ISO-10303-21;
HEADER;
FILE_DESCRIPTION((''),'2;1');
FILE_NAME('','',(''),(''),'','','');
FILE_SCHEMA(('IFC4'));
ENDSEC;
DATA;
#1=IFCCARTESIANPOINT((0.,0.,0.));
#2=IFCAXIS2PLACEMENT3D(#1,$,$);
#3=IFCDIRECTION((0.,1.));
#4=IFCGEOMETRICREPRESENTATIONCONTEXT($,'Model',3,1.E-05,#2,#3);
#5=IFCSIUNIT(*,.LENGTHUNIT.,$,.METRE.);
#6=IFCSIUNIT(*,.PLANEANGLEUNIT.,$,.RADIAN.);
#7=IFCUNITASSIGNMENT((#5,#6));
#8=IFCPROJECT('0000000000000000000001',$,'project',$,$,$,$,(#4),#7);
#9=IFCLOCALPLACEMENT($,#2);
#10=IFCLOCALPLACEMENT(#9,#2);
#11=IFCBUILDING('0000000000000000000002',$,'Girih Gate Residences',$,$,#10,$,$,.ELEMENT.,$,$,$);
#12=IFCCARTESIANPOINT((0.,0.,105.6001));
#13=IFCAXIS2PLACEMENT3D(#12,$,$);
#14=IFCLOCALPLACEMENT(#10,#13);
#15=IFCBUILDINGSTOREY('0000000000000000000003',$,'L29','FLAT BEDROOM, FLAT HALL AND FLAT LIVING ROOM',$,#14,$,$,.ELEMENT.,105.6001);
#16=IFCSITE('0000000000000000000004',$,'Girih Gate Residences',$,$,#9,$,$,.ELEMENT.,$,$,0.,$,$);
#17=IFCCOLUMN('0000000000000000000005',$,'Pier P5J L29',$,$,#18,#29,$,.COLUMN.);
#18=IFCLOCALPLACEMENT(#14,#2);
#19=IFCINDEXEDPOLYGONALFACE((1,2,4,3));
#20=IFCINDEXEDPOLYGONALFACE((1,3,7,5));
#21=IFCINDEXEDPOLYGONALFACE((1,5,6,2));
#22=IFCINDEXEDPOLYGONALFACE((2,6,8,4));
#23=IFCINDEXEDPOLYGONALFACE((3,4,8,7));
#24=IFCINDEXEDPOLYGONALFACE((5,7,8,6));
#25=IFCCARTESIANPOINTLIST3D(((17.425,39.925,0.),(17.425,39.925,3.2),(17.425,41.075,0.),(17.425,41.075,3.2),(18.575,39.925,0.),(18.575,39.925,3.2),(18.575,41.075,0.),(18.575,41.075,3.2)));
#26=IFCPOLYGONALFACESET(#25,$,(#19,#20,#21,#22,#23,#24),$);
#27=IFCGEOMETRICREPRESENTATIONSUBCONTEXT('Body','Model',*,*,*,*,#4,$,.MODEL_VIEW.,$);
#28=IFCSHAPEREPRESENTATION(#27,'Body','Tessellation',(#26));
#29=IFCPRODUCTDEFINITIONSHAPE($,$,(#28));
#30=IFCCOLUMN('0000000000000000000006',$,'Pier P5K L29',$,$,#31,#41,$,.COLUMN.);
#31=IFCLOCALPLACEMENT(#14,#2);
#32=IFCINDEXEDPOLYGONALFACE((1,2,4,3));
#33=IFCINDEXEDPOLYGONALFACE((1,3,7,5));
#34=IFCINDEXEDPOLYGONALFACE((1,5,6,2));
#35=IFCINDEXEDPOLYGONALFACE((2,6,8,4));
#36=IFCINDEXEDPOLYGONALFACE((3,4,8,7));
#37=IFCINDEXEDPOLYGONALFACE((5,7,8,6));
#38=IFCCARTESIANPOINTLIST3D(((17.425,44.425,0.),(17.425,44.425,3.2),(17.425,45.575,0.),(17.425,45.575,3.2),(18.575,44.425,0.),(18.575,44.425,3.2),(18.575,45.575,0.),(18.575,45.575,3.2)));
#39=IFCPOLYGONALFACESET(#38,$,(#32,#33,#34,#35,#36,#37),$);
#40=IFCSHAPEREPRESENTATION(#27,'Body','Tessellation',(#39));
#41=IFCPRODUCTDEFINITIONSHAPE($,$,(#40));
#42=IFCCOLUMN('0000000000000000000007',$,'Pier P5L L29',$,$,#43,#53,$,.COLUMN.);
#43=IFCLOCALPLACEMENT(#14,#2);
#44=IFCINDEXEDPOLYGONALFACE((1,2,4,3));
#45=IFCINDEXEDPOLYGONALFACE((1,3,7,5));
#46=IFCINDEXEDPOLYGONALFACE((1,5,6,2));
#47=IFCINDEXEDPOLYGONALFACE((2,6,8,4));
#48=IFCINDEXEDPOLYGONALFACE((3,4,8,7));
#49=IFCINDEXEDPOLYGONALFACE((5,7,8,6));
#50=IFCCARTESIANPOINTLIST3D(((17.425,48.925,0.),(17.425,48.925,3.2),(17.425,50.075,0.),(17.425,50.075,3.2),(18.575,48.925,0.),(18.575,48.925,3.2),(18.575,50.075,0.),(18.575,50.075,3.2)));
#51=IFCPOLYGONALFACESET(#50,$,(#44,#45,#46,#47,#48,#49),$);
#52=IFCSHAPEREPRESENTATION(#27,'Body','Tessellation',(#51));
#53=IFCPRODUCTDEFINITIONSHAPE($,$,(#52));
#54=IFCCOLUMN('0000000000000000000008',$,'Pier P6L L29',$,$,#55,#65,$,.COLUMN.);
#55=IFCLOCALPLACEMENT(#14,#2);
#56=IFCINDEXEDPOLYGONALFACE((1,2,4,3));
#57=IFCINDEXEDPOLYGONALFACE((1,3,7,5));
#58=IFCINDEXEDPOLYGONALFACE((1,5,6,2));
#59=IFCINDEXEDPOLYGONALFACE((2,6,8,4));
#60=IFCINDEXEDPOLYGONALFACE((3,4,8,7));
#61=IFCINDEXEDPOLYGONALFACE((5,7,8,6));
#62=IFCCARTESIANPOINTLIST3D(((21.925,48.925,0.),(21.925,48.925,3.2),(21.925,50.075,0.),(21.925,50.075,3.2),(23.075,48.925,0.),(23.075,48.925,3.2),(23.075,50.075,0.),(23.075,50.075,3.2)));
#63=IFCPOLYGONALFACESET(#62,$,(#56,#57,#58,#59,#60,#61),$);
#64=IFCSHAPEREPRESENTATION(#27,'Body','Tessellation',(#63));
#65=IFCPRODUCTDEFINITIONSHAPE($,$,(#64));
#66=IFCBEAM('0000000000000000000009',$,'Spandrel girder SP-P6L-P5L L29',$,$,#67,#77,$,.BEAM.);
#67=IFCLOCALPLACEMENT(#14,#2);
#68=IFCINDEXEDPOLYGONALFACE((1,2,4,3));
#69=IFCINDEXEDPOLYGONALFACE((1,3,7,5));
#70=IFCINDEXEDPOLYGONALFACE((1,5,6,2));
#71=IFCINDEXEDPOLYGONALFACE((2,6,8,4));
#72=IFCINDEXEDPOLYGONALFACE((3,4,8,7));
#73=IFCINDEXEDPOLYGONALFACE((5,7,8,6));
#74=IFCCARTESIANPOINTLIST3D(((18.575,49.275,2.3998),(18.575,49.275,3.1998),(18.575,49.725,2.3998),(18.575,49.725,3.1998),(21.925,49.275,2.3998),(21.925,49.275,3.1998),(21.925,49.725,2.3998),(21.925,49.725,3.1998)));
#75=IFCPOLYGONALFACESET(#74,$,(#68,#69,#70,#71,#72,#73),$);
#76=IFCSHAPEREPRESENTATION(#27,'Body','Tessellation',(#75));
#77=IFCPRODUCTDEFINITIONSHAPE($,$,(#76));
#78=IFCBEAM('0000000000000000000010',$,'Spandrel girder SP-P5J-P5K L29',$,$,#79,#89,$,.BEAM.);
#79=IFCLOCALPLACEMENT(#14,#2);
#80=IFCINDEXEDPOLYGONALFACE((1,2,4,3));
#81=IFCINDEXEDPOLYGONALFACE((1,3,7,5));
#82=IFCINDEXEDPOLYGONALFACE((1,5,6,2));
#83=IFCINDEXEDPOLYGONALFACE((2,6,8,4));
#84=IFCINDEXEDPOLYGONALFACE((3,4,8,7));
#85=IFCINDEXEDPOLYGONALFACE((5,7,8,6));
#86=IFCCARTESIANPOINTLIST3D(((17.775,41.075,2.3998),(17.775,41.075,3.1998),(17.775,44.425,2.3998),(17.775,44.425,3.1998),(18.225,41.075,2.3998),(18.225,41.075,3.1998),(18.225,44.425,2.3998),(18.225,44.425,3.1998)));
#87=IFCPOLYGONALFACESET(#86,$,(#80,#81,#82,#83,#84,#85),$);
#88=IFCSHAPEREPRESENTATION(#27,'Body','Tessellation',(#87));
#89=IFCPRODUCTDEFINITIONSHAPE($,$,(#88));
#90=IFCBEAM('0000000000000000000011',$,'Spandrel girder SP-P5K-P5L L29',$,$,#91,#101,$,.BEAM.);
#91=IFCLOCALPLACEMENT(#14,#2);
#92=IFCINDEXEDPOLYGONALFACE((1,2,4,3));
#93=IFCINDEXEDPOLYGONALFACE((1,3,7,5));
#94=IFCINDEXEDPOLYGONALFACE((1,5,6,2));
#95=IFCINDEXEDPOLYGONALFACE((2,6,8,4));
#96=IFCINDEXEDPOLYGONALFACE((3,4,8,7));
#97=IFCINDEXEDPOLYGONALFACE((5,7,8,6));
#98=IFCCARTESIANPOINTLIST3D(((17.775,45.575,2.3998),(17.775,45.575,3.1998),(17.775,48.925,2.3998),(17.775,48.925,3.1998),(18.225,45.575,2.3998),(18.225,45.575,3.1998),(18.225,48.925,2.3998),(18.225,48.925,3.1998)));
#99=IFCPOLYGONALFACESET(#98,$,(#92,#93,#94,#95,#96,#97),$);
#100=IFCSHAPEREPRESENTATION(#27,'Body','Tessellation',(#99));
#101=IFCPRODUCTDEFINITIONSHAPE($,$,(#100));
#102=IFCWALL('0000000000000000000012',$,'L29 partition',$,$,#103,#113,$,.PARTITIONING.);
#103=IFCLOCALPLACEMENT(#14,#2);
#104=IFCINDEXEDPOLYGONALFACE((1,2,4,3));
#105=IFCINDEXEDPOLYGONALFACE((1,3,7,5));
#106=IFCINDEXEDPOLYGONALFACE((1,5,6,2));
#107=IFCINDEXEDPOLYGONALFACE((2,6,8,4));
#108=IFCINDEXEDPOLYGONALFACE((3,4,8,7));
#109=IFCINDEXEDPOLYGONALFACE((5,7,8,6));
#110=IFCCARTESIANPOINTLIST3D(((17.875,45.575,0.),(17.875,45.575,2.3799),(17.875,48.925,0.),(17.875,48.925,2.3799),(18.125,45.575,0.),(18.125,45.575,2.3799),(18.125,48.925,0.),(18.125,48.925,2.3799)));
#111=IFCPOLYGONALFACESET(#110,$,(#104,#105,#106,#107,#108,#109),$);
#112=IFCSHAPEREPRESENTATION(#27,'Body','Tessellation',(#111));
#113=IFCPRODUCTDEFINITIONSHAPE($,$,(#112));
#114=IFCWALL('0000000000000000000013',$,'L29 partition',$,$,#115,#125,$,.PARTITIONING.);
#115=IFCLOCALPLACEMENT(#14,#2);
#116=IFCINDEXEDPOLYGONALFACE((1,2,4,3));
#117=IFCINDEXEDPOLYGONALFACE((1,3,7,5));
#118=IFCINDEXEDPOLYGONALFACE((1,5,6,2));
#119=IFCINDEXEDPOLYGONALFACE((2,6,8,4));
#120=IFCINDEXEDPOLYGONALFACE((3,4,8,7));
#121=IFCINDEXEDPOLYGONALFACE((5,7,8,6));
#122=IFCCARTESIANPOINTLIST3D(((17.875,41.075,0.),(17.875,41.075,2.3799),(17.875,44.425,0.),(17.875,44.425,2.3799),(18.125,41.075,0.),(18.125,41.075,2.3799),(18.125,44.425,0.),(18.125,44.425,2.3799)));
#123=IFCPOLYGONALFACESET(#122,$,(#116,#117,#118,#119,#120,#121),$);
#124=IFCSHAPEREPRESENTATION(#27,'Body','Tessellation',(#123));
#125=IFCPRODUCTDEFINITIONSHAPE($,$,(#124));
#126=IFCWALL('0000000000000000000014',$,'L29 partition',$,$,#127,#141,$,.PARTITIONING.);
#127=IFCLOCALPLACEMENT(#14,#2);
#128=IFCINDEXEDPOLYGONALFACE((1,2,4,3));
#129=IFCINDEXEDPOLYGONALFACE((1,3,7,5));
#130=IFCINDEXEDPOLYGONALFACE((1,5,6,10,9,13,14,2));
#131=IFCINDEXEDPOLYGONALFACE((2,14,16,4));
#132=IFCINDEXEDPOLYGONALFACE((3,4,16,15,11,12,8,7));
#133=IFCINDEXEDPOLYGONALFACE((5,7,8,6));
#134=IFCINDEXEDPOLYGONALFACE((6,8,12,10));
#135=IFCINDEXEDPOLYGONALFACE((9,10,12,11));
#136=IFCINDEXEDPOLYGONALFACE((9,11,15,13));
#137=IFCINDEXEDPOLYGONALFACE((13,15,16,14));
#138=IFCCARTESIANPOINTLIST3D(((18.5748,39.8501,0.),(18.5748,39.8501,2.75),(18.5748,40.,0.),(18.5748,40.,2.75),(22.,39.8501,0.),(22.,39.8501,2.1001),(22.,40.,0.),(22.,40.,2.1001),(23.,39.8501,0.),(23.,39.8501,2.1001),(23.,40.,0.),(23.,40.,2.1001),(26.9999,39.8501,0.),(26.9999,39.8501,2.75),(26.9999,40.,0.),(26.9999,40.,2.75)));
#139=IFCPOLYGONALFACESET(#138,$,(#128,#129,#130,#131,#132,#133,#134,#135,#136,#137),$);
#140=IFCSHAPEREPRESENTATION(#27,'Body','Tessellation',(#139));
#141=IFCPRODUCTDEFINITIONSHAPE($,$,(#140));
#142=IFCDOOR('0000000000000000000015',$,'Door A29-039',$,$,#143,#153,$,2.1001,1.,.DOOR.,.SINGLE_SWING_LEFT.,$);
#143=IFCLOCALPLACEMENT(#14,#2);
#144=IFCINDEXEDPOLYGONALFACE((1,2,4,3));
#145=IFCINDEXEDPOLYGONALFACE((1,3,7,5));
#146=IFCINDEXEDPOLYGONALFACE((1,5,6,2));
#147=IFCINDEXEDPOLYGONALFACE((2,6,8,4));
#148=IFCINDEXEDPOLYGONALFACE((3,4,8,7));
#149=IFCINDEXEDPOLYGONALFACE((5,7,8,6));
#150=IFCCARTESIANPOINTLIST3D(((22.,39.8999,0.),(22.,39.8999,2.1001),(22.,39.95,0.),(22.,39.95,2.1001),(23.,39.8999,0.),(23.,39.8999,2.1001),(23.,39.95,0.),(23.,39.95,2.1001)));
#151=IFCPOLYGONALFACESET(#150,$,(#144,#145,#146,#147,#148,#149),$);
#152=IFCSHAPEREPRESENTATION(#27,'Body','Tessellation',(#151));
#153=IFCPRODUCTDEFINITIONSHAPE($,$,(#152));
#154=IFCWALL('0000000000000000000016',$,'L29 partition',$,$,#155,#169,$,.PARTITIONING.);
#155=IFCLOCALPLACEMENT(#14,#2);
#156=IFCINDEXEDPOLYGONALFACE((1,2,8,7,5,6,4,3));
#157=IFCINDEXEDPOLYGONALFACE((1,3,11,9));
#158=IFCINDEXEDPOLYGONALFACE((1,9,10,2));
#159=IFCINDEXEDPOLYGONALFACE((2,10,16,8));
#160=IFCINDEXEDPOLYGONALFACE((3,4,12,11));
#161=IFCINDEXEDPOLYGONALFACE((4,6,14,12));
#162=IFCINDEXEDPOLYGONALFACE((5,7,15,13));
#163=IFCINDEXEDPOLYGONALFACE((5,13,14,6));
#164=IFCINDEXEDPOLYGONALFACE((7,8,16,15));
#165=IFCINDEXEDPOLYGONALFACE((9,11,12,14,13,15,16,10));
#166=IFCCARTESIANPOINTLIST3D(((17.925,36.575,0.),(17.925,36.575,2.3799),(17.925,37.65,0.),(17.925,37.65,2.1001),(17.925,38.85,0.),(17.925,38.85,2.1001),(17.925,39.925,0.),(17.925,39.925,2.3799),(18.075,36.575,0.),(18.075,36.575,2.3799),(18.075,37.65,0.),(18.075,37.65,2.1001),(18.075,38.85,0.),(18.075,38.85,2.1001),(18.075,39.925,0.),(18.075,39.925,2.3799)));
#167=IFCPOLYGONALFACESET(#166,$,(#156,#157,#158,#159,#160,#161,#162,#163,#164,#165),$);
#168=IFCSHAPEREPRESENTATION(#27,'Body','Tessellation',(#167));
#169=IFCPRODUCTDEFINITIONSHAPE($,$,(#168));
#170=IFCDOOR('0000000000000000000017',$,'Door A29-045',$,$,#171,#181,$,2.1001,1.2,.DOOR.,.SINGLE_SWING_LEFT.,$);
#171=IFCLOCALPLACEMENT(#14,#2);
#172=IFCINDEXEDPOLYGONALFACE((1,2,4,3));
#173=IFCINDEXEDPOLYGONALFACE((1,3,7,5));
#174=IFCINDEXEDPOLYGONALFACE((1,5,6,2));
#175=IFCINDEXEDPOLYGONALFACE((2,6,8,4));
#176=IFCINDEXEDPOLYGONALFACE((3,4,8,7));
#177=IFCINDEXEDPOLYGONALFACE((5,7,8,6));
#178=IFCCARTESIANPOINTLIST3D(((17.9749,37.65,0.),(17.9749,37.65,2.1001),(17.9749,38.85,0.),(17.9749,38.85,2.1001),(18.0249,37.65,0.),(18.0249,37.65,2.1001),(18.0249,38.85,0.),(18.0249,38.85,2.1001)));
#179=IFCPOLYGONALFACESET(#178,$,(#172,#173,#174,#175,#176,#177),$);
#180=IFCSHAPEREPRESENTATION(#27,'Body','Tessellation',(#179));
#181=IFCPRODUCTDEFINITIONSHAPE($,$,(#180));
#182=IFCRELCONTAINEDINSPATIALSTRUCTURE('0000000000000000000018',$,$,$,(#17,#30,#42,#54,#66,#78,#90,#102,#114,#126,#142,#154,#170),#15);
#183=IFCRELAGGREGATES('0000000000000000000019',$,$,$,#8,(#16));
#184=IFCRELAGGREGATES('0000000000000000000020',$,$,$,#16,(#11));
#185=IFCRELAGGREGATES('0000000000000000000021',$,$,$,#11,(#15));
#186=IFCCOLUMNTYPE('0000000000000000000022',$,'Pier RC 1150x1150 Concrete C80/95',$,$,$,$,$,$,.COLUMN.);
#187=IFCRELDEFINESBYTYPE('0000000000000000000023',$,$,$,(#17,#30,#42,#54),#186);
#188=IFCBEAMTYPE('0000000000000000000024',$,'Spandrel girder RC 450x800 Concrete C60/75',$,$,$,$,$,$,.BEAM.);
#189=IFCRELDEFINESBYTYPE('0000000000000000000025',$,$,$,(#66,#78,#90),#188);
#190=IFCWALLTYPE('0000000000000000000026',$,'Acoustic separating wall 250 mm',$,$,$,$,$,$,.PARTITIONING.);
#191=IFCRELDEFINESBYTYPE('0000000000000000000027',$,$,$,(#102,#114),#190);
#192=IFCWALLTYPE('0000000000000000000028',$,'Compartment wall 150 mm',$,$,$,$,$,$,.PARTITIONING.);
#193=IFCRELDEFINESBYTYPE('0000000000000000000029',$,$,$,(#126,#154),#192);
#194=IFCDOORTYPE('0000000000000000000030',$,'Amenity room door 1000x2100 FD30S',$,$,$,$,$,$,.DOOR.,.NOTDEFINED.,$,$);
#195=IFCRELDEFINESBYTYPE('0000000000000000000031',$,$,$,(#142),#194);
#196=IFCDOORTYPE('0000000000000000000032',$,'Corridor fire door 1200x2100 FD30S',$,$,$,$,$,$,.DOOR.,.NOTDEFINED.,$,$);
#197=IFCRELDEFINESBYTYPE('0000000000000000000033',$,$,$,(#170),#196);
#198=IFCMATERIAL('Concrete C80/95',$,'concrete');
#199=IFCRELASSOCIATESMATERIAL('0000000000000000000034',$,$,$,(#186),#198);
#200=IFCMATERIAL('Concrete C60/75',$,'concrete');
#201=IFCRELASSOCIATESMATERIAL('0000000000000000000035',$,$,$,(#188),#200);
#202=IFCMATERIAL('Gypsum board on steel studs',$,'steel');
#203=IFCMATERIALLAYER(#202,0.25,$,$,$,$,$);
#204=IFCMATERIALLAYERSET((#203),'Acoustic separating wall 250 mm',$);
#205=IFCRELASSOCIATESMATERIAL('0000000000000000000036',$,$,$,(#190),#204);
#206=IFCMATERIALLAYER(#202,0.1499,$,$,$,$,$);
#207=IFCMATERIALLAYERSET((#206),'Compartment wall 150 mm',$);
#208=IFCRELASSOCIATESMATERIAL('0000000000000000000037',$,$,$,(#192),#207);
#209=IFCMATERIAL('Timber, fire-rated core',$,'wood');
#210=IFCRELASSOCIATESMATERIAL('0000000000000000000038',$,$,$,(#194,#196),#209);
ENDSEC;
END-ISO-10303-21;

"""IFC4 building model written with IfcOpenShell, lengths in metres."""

from ifc_helpers import new_model, si_unit, direction, frame, frame_2d, origin, origin_2d, place, context, subcontext, project, spatial, rectangle, extrude, material, layer, layer_set, material_profile, profile_set, type_object, element, fill, save


model = new_model("IFC4")

# Units and contexts
model_context = context("Model", 3, precision=1e-05, world=origin(), true_north=direction((0.0, 1.0)))
body_context = subcontext(model_context, "Body", "Model", "MODEL_VIEW")
ifc_project = project(units=[si_unit("LENGTHUNIT", "METRE"), si_unit("PLANEANGLEUNIT", "RADIAN")], contexts=[model_context])

# Site, building, storey
site_placement = place(None, origin())
site = spatial("IfcSite", under=ifc_project, at=site_placement, Name="Girih Gate Residences", CompositionType="ELEMENT", RefElevation=0.0)
building_placement = place(site_placement, origin())
building = spatial("IfcBuilding", under=site, at=building_placement, Name="Girih Gate Residences", CompositionType="ELEMENT")
storey_placement = place(building_placement, frame((0.0, 0.0, 105.6001)))
storey = spatial("IfcBuildingStorey", under=building, at=storey_placement, Name="L29", Description="FLAT BEDROOM, FLAT HALL AND FLAT LIVING ROOM", CompositionType="ELEMENT", Elevation=105.6001)

# Columns
ifc_material_1 = material(Name="Concrete C80/95", Category="concrete")
ifc_material_profile_1 = material_profile(ifc_material_1, rectangle(XDim=1.1499, YDim=1.1499, at=origin_2d()))
ifc_profile_set_1 = profile_set([ifc_material_profile_1], Name="Concrete C80/95")
column_type = type_object("IfcColumnType", Name="Pier RC 1150x1150 Concrete C80/95", PredefinedType="COLUMN", material=ifc_profile_set_1)
for number, where, z_axis, x_axis, name in (
    (1, (18.0, 40.5, 0.0), (0.0, 0.0, 1.0), (1.0, 0.0, 0.0), "Pier P5J L29"),
    (2, (18.0, 45.0, 0.0), (0.0, 0.0, 1.0), (1.0, 0.0, 0.0), "Pier P5K L29"),
    (3, (18.0, 49.5, 0.0), (0.0, 0.0, 1.0), (1.0, 0.0, 0.0), "Pier P5L L29"),
    (4, (22.5, 49.5, 0.0), (0.0, 0.0, 1.0), (1.0, 0.0, 0.0), "Pier P6L L29"),
):
    element("IfcColumn", number, at=place(storey_placement, frame(where, z_axis=z_axis, x_axis=x_axis)), inside=storey, type_object=column_type, Name=name, PredefinedType="COLUMN", context=body_context, shape_type="SweptSolid", body=[
        extrude(rectangle(XDim=1.1499, YDim=1.1499, at=origin_2d()), origin(), (0.0, 0.0, 1.0), 3.2),
    ])

# Beams
ifc_material_2 = material(Name="Concrete C60/75", Category="concrete")
ifc_material_profile_2 = material_profile(ifc_material_2, rectangle(XDim=0.45, YDim=0.8, at=origin_2d()))
ifc_profile_set_2 = profile_set([ifc_material_profile_2], Name="Concrete C60/75")
beam_type = type_object("IfcBeamType", Name="Spandrel girder RC 450x800 Concrete C60/75", PredefinedType="BEAM", material=ifc_profile_set_2)
for number, where, z_axis, x_axis, name in (
    (5, (21.925, 49.5, 2.7998), (-1.0, 0.0, 0.0), (0.0, -1.0, 0.0), "Spandrel girder SP-P6L-P5L L29"),
    (6, (18.0, 41.075, 2.7998), (0.0, 1.0, 0.0), (-1.0, 0.0, 0.0), "Spandrel girder SP-P5J-P5K L29"),
    (7, (18.0, 45.575, 2.7998), (0.0, 1.0, 0.0), (-1.0, 0.0, 0.0), "Spandrel girder SP-P5K-P5L L29"),
):
    element("IfcBeam", number, at=place(storey_placement, frame(where, z_axis=z_axis, x_axis=x_axis)), inside=storey, type_object=beam_type, Name=name, PredefinedType="BEAM", context=body_context, shape_type="SweptSolid", body=[
        extrude(rectangle(XDim=0.45, YDim=0.8, at=origin_2d()), origin(), (0.0, 0.0, 1.0), 3.3501),
    ])

# Walls
ifc_material_3 = material(Name="Gypsum board on steel studs", Category="steel")
ifc_layer_1 = layer(ifc_material_3, 0.25)
ifc_layer_set_1 = layer_set([ifc_layer_1], Name="Acoustic separating wall 250 mm")
wall_type_1 = type_object("IfcWallType", Name="Acoustic separating wall 250 mm", PredefinedType="PARTITIONING", material=ifc_layer_set_1)
for number, where, z_axis, x_axis, name in (
    (8, (18.0, 45.575, 0.0), (0.0, 0.0, 1.0), (0.0, 1.0, 0.0), "L29 partition"),
    (9, (18.0, 41.075, 0.0), (0.0, 0.0, 1.0), (0.0, 1.0, 0.0), "L29 partition"),
):
    element("IfcWall", number, at=place(storey_placement, frame(where, z_axis=z_axis, x_axis=x_axis)), inside=storey, type_object=wall_type_1, Name=name, PredefinedType="PARTITIONING", context=body_context, shape_type="SweptSolid", body=[
        extrude(rectangle(XDim=3.3501, YDim=0.25, at=frame_2d((1.675, 0.0))), origin(), (0.0, 0.0, 1.0), 2.3799),
    ])

# Walls, openings, doors
ifc_layer_2 = layer(ifc_material_3, 0.1499)
ifc_layer_set_2 = layer_set([ifc_layer_2], Name="Compartment wall 150 mm")
wall_type_2 = type_object("IfcWallType", Name="Compartment wall 150 mm", PredefinedType="PARTITIONING", material=ifc_layer_set_2)
wall_1_placement = place(storey_placement, frame((18.575, 39.925, 0.0), z_axis=(0.0, 0.0, 1.0), x_axis=(1.0, 0.0, 0.0)))
wall_1 = element("IfcWall", 10, at=wall_1_placement, inside=storey, type_object=wall_type_2, Name="L29 partition", PredefinedType="PARTITIONING", context=body_context, shape_type="SweptSolid", body=[
    extrude(rectangle(XDim=8.425, YDim=0.1499, at=frame_2d((4.2124, 0.0))), origin(), (0.0, 0.0, 1.0), 2.75),
])
opening_1_placement = place(wall_1_placement, frame((3.425, 0.0, 0.0)))
opening_1 = element("IfcOpeningElement", 11, at=opening_1_placement, cuts=wall_1, PredefinedType="OPENING", context=body_context, shape_type="SweptSolid", body=[
    extrude(rectangle(XDim=1.0, YDim=2.1001, at=frame_2d((0.5, 1.05))), frame((0.0, 0.085, 0.0), z_axis=(0.0, -1.0, 0.0), x_axis=(1.0, 0.0, 0.0)), (0.0, 0.0, 1.0), 0.1699),
])
ifc_material_4 = material(Name="Timber, fire-rated core", Category="wood")
door_type_1 = type_object("IfcDoorType", Name="Amenity room door 1000x2100 FD30S", OperationType="NOTDEFINED", PredefinedType="DOOR", material=ifc_material_4)
door_1_placement = place(opening_1_placement, origin())
door_1 = element("IfcDoor", 12, at=door_1_placement, inside=storey, type_object=door_type_1, Name="Door A29-039", OperationType="SINGLE_SWING_LEFT", OverallHeight=2.1001, OverallWidth=1.0, PredefinedType="DOOR", context=body_context, shape_type="SweptSolid", body=[
    extrude(rectangle(XDim=1.0, YDim=2.1001, at=frame_2d((0.5, 1.05))), frame((0.0, 0.0249, 0.0), z_axis=(0.0, -1.0, 0.0), x_axis=(1.0, 0.0, 0.0)), (0.0, 0.0, 1.0), 0.05),
])
fill(opening_1, door_1)
wall_2_placement = place(storey_placement, frame((18.0, 39.925, 0.0), z_axis=(0.0, 0.0, 1.0), x_axis=(0.0, -1.0, 0.0)))
wall_2 = element("IfcWall", 13, at=wall_2_placement, inside=storey, type_object=wall_type_2, Name="L29 partition", PredefinedType="PARTITIONING", context=body_context, shape_type="SweptSolid", body=[
    extrude(rectangle(XDim=3.3501, YDim=0.1499, at=frame_2d((1.675, 0.0))), origin(), (0.0, 0.0, 1.0), 2.3799),
])
opening_2_placement = place(wall_2_placement, frame((1.075, 0.0, 0.0)))
opening_2 = element("IfcOpeningElement", 14, at=opening_2_placement, cuts=wall_2, PredefinedType="OPENING", context=body_context, shape_type="SweptSolid", body=[
    extrude(rectangle(XDim=1.2, YDim=2.1001, at=frame_2d((0.6001, 1.05))), frame((0.0, 0.085, 0.0), z_axis=(0.0, -1.0, 0.0), x_axis=(1.0, 0.0, 0.0)), (0.0, 0.0, 1.0), 0.1699),
])
door_type_2 = type_object("IfcDoorType", Name="Corridor fire door 1200x2100 FD30S", OperationType="NOTDEFINED", PredefinedType="DOOR", material=ifc_material_4)
door_2_placement = place(opening_2_placement, origin())
door_2 = element("IfcDoor", 15, at=door_2_placement, inside=storey, type_object=door_type_2, Name="Door A29-045", OperationType="SINGLE_SWING_LEFT", OverallHeight=2.1001, OverallWidth=1.2, PredefinedType="DOOR", context=body_context, shape_type="SweptSolid", body=[
    extrude(rectangle(XDim=1.2, YDim=2.1001, at=frame_2d((0.6001, 1.05))), frame((0.0, 0.0249, 0.0), z_axis=(0.0, -1.0, 0.0), x_axis=(1.0, 0.0, 0.0)), (0.0, 0.0, 1.0), 0.05),
])
fill(opening_2, door_2)

save(model, "model.ifc")
